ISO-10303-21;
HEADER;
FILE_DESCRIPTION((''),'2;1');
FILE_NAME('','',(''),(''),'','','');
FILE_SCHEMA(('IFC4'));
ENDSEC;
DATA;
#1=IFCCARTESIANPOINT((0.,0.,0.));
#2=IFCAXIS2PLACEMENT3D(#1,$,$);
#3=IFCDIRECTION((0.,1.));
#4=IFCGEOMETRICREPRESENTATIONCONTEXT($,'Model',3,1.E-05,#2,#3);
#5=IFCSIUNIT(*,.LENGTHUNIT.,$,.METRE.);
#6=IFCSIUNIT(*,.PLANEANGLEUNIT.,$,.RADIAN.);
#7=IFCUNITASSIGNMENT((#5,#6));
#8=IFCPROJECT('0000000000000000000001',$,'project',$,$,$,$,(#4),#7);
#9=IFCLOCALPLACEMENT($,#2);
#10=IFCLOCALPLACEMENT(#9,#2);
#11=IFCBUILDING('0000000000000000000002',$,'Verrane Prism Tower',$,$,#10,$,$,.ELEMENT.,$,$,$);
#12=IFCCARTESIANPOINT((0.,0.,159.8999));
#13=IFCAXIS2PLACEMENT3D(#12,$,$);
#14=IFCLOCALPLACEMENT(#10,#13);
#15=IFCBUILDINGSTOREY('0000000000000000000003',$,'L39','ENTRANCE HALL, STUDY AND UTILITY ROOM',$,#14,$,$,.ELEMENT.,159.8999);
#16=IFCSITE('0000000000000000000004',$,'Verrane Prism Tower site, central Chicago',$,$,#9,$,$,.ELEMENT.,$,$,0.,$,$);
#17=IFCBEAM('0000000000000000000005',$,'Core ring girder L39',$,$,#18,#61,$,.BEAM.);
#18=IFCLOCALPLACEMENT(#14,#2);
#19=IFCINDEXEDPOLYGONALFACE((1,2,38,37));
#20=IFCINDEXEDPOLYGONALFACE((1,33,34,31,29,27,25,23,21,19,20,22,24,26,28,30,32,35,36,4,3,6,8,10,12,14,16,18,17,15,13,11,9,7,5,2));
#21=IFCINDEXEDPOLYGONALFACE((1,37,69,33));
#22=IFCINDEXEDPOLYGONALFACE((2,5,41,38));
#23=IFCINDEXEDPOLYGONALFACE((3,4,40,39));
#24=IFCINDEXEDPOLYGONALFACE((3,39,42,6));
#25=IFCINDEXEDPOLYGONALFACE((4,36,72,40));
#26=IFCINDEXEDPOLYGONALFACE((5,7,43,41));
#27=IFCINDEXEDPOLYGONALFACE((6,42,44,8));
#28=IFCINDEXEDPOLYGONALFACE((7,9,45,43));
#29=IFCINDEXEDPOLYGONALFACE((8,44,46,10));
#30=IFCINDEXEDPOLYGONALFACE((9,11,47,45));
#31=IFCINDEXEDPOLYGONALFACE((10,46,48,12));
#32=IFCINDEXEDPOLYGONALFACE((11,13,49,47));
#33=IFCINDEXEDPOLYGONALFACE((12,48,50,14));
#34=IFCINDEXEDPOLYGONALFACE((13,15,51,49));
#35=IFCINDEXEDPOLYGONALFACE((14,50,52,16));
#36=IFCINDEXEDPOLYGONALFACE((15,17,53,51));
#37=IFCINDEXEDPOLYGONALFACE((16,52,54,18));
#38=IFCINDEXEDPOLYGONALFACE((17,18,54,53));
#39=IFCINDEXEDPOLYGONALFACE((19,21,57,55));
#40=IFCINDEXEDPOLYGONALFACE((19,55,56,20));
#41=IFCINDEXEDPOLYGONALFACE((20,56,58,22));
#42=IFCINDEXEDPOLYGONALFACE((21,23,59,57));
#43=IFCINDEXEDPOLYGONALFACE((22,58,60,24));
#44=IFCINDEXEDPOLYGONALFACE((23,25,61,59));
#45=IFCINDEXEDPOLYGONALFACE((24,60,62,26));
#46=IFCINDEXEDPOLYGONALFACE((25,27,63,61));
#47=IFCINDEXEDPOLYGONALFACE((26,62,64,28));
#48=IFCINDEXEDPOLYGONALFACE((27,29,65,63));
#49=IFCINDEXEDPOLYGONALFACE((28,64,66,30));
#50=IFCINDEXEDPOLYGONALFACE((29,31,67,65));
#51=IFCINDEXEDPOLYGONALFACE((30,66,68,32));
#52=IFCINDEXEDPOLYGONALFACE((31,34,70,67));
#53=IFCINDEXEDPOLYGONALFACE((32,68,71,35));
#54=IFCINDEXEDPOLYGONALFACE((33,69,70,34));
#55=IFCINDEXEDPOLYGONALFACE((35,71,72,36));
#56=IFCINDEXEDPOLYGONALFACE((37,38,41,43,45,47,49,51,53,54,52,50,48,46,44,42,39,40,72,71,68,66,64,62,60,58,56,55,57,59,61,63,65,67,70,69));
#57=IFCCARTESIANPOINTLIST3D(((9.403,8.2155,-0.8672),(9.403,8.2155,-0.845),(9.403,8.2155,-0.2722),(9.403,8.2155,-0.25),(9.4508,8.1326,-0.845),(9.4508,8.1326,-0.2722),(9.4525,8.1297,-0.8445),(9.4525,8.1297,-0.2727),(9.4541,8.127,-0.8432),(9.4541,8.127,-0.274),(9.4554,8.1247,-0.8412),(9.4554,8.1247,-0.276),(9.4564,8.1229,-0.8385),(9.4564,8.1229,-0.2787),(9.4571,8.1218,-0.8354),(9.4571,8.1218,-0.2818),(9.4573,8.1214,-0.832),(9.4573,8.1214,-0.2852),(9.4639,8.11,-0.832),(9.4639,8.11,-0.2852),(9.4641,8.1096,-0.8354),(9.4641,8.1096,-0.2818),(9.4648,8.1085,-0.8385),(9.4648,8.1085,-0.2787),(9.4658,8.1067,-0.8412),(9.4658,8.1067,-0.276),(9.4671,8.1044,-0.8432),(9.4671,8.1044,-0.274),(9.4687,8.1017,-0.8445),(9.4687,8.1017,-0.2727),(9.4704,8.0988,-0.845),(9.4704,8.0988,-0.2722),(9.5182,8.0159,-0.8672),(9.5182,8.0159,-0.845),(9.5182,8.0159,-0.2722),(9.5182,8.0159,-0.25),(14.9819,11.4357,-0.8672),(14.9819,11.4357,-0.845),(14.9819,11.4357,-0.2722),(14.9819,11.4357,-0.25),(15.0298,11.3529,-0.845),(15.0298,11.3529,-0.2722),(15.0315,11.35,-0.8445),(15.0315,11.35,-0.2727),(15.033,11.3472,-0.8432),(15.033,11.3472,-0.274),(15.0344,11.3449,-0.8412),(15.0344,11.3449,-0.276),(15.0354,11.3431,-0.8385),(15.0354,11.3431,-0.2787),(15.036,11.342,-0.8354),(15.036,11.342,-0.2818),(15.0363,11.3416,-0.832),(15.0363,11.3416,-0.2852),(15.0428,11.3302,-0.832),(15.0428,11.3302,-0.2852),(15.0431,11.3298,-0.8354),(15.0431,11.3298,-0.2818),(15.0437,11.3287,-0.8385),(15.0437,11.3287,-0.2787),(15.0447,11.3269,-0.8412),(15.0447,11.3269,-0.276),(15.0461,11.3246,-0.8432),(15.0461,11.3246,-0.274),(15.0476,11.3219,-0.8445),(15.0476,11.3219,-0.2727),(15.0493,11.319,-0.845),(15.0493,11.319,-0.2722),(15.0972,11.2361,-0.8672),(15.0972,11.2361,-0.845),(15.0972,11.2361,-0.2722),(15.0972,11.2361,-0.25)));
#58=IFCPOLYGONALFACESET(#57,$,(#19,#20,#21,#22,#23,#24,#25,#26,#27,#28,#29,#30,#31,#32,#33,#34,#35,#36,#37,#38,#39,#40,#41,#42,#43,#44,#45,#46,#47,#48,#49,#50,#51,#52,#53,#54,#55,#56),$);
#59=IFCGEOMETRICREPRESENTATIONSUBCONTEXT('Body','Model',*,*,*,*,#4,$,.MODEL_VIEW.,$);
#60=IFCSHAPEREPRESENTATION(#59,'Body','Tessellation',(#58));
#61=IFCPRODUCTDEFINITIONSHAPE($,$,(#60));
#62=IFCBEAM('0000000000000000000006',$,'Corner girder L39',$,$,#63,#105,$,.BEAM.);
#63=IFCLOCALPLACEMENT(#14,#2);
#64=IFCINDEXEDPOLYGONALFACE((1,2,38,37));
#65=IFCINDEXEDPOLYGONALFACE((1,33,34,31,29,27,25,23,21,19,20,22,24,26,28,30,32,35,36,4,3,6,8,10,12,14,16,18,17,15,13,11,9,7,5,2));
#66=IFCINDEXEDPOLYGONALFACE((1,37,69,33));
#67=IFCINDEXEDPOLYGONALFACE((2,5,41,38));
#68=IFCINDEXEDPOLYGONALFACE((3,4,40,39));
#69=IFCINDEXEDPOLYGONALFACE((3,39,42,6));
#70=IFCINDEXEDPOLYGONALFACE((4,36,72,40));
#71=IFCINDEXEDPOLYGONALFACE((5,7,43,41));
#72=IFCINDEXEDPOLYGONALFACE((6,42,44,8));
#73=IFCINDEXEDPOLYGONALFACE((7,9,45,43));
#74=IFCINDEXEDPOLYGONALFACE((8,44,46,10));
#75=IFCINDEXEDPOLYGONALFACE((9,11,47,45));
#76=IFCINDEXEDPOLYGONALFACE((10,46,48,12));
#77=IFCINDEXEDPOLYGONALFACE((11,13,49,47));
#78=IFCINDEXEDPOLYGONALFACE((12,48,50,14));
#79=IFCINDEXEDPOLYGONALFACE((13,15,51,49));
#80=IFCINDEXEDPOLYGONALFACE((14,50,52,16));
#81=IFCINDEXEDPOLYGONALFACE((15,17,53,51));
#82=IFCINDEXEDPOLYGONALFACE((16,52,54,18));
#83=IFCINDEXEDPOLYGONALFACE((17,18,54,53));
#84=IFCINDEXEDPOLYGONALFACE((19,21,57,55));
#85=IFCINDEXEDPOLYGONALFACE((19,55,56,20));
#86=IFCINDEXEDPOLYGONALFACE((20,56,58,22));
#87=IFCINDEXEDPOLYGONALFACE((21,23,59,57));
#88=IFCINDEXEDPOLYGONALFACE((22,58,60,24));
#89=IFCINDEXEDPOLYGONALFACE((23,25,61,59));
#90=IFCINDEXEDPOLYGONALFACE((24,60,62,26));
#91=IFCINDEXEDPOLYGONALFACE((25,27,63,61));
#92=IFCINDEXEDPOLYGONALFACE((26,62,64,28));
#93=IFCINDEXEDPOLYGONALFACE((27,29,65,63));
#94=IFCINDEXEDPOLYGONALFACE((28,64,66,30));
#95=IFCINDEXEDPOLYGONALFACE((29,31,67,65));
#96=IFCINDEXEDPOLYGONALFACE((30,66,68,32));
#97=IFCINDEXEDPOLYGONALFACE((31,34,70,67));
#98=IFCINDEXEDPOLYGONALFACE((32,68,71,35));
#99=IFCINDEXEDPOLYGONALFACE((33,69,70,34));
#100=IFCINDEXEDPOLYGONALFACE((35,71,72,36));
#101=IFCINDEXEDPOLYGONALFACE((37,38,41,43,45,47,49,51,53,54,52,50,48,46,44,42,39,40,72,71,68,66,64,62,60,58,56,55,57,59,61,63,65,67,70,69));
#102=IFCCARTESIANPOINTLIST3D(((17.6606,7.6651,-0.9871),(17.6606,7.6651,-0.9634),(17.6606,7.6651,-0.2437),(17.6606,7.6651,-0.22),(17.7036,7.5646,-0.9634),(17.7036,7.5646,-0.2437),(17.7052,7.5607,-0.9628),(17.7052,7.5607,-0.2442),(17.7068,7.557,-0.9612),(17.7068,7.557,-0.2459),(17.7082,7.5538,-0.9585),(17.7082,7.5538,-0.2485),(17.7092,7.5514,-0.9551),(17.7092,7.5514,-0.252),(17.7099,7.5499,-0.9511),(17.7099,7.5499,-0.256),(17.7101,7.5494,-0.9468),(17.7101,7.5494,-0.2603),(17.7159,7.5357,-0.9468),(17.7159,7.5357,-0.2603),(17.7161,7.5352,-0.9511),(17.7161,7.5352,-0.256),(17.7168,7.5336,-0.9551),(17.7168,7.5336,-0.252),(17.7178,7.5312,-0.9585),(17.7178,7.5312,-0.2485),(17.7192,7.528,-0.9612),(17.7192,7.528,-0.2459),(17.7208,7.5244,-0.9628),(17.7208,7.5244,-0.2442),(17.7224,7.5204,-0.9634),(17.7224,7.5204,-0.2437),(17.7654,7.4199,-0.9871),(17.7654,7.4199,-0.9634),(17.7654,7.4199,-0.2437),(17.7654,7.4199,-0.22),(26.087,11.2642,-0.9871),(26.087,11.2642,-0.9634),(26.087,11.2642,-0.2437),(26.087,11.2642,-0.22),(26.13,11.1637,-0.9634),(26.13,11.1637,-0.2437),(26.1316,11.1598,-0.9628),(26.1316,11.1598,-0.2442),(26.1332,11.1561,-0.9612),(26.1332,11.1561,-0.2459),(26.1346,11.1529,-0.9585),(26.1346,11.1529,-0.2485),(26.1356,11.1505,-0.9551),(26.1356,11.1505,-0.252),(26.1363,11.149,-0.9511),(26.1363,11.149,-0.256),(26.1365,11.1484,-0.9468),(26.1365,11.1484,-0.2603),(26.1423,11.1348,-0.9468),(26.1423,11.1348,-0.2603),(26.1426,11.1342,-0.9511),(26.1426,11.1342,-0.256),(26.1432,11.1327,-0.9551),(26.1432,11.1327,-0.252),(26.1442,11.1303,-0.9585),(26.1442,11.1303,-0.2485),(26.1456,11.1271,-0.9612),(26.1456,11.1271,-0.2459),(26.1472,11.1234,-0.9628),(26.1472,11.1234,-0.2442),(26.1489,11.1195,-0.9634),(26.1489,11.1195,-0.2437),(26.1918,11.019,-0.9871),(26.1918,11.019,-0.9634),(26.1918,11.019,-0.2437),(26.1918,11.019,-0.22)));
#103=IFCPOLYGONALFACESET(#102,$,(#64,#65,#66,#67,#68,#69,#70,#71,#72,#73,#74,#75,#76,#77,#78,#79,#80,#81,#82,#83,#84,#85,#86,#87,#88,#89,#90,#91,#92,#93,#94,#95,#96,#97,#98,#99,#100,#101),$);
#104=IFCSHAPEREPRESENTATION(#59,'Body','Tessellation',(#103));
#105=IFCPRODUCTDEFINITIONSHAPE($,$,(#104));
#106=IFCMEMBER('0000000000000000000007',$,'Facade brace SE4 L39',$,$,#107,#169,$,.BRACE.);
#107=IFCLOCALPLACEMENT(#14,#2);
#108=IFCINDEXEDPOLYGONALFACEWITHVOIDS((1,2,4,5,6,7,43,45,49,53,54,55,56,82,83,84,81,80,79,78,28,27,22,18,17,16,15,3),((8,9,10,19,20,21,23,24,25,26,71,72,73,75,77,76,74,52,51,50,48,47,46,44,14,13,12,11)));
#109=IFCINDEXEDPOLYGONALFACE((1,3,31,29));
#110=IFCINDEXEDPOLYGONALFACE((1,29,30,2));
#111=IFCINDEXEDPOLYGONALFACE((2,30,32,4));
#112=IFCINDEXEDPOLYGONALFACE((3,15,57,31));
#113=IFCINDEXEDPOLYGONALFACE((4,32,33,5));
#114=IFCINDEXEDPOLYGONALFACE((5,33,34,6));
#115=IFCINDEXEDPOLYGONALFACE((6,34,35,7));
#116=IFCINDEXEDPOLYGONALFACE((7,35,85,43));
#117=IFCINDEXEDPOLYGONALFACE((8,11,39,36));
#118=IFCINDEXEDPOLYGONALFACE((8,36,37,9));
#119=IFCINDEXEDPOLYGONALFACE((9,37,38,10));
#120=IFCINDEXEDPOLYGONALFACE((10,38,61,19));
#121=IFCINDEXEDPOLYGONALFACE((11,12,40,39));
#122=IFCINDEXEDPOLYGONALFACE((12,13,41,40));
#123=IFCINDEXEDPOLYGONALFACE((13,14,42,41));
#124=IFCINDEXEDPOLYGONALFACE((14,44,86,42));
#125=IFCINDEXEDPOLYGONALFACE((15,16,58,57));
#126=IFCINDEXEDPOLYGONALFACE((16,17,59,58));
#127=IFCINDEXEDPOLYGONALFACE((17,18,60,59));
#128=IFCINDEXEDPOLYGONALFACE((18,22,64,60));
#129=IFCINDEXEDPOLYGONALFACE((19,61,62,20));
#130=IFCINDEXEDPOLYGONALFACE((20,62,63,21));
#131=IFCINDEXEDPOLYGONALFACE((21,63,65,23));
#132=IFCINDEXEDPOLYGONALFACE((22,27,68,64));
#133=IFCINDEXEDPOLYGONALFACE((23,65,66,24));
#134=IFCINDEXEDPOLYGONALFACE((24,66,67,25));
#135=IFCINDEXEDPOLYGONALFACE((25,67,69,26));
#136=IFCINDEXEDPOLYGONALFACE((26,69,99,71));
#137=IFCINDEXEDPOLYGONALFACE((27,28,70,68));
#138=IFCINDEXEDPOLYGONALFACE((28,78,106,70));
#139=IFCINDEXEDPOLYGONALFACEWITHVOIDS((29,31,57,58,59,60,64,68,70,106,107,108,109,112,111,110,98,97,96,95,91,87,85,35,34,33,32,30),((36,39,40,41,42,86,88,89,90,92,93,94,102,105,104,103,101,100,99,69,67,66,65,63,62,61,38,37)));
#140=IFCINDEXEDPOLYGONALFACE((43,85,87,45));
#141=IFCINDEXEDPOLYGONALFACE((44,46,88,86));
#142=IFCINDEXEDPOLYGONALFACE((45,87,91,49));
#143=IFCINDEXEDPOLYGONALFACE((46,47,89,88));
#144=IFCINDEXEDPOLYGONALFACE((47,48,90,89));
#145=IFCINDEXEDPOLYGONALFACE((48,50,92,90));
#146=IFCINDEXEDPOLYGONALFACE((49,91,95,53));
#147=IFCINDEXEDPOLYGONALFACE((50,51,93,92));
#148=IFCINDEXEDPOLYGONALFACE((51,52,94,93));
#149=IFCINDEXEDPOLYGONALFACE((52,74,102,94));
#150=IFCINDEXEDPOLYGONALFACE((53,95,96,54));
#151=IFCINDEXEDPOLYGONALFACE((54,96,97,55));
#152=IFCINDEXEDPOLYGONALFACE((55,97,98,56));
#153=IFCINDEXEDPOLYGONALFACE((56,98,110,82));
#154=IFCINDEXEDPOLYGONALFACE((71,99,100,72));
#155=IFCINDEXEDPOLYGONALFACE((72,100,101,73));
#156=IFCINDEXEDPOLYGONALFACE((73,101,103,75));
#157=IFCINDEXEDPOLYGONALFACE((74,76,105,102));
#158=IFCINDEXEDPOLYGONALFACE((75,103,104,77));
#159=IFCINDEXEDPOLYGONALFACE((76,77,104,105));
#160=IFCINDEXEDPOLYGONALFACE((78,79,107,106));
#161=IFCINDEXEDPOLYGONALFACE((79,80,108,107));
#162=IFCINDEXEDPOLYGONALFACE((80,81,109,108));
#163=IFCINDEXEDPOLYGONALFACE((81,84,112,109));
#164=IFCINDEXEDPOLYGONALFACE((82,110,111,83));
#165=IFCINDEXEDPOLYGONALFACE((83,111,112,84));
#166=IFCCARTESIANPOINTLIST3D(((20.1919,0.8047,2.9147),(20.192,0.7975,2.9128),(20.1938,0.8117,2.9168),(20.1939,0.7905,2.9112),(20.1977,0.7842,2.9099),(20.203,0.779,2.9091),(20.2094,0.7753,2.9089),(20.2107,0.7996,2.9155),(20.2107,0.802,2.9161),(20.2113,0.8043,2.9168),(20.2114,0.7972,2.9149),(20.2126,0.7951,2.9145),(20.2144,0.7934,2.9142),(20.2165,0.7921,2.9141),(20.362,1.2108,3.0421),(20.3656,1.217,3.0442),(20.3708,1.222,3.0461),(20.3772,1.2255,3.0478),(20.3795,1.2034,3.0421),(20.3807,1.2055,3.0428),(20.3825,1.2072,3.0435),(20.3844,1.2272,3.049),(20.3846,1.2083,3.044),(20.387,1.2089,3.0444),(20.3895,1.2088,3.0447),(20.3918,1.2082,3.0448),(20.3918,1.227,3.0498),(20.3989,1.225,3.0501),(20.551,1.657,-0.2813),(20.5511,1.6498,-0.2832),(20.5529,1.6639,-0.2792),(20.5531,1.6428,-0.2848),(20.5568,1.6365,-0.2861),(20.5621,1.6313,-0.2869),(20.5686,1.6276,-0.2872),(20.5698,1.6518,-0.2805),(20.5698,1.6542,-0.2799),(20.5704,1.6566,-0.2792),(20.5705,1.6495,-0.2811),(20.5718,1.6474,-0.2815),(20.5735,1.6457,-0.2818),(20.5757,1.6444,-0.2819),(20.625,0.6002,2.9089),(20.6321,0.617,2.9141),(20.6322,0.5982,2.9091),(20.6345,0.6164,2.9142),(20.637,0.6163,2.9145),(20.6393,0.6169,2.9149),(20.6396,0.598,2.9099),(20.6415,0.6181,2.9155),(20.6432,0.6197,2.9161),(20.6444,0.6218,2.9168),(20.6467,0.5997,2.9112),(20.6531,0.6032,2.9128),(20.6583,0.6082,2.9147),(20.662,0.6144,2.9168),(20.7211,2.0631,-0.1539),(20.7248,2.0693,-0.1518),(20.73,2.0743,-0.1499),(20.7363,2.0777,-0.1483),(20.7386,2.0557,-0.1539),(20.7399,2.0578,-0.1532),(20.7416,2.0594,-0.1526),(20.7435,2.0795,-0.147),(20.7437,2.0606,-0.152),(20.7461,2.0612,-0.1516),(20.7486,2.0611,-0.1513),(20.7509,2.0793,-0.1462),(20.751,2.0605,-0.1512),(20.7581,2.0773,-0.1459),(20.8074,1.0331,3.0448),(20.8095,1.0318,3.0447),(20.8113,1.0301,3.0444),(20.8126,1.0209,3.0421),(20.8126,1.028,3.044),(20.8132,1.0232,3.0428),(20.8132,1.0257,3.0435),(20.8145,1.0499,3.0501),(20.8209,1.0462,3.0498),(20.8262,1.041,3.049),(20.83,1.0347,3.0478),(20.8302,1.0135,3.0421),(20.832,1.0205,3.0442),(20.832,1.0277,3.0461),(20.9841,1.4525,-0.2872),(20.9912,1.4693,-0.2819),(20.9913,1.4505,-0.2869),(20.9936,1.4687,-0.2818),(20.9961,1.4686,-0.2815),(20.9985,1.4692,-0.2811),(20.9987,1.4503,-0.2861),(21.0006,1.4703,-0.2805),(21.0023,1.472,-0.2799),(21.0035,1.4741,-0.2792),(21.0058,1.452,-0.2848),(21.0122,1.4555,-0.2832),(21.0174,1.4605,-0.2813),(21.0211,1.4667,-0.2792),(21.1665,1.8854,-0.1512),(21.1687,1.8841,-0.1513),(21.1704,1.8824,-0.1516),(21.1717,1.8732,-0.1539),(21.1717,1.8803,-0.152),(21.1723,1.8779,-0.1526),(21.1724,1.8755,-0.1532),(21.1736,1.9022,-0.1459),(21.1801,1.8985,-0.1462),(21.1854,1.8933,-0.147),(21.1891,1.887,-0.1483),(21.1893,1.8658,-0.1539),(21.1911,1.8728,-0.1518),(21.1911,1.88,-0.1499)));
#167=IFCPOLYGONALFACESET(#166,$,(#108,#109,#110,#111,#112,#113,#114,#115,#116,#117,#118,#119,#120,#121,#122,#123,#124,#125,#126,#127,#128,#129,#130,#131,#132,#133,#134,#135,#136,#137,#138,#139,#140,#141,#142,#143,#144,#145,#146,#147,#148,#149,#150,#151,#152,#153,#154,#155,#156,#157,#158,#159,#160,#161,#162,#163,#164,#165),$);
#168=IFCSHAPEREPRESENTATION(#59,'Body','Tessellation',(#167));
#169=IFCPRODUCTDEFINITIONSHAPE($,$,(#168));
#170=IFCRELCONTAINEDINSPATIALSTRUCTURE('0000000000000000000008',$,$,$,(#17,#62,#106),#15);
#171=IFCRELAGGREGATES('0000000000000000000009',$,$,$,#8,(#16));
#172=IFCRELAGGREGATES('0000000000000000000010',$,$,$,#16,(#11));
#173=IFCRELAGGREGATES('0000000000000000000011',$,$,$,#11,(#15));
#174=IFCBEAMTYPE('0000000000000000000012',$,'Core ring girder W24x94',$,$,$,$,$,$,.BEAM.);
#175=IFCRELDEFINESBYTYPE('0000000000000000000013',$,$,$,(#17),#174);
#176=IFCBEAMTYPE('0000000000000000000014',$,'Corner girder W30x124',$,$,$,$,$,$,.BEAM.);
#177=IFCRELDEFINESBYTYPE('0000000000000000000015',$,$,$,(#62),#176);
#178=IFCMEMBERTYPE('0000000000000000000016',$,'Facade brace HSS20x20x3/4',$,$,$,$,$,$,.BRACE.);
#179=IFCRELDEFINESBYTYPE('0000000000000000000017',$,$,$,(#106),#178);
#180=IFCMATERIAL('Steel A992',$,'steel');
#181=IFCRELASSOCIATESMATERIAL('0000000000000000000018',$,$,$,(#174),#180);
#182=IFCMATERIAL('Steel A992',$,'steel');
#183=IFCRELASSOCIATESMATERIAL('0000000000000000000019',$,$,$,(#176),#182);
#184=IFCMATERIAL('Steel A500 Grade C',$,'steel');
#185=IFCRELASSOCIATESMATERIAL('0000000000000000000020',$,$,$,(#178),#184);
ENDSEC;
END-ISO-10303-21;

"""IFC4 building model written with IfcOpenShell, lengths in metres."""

from ifc_helpers import new_model, si_unit, direction, frame, origin, origin_2d, place, context, subcontext, project, spatial, hollow_rectangle, i_section, extrude, material, material_profile, profile_set, type_object, element, save


model = new_model("IFC4")

# Units and contexts
model_context = context("Model", 3, precision=1e-05, world=origin(), true_north=direction((0.0, 1.0)))
body_context = subcontext(model_context, "Body", "Model", "MODEL_VIEW")
ifc_project = project(units=[si_unit("LENGTHUNIT", "METRE"), si_unit("PLANEANGLEUNIT", "RADIAN")], contexts=[model_context])

# Site, building, storey
site_placement = place(None, origin())
site = spatial("IfcSite", under=ifc_project, at=site_placement, Name="Verrane Prism Tower site, central Chicago", CompositionType="ELEMENT", RefElevation=0.0)
building_placement = place(site_placement, origin())
building = spatial("IfcBuilding", under=site, at=building_placement, Name="Verrane Prism Tower", CompositionType="ELEMENT")
storey_placement = place(building_placement, frame((0.0, 0.0, 159.8999)))
storey = spatial("IfcBuildingStorey", under=building, at=storey_placement, Name="L39", Description="ENTRANCE HALL, STUDY AND UTILITY ROOM", CompositionType="ELEMENT", Elevation=159.8999)

# Beams
ifc_material_1 = material(Name="Steel A992", Category="steel")
ifc_material_profile_1 = material_profile(ifc_material_1, i_section(OverallWidth=0.2305, OverallDepth=0.6172, WebThickness=0.0132, FlangeThickness=0.0222, FilletRadius=0.0129, at=origin_2d()), Name="W24x94")
ifc_profile_set_1 = profile_set([ifc_material_profile_1], Name="Steel A992")
beam_type_1 = type_object("IfcBeamType", Name="Core ring girder W24x94", PredefinedType="BEAM", material=ifc_profile_set_1)
beam_1_placement = place(storey_placement, frame((15.0396, 11.3359, -0.5586), z_axis=(-0.866075, -0.499914, 0.0), x_axis=(0.499914, -0.866075, 0.0)))
element("IfcBeam", 1, at=beam_1_placement, inside=storey, type_object=beam_type_1, Name="Core ring girder L39", PredefinedType="BEAM", context=body_context, shape_type="SweptSolid", body=[
    extrude(i_section(OverallWidth=0.2305, OverallDepth=0.6172, WebThickness=0.0132, FlangeThickness=0.0222, FilletRadius=0.0129, at=origin_2d()), origin(), (0.0, 0.0, 1.0), 6.4417),
])
ifc_material_2 = material(Name="Steel A992", Category="steel")
ifc_material_profile_2 = material_profile(ifc_material_2, i_section(OverallWidth=0.2666, OverallDepth=0.7671, WebThickness=0.0149, FlangeThickness=0.0237, FilletRadius=0.0166, at=origin_2d()), Name="W30x124")
ifc_profile_set_2 = profile_set([ifc_material_profile_2], Name="Steel A992")
beam_type_2 = type_object("IfcBeamType", Name="Corner girder W30x124", PredefinedType="BEAM", material=ifc_profile_set_2)
beam_2_placement = place(storey_placement, frame((26.1394, 11.1416, -0.6035), z_axis=(-0.919628, -0.39279, 0.0), x_axis=(0.39279, -0.919628, 0.0)))
element("IfcBeam", 2, at=beam_2_placement, inside=storey, type_object=beam_type_2, Name="Corner girder L39", PredefinedType="BEAM", context=body_context, shape_type="SweptSolid", body=[
    extrude(i_section(OverallWidth=0.2666, OverallDepth=0.7671, WebThickness=0.0149, FlangeThickness=0.0237, FilletRadius=0.0166, at=origin_2d()), origin(), (0.0, 0.0, 1.0), 9.1628),
])

# Member
ifc_material_3 = material(Name="Steel A500 Grade C", Category="steel")
ifc_material_profile_3 = material_profile(ifc_material_3, hollow_rectangle(XDim=0.5081, YDim=0.5081, WallThickness=0.019, InnerFilletRadius=0.0095, OuterFilletRadius=0.0286, at=origin_2d()), Name="HSS20x20x3/4")
ifc_profile_set_3 = profile_set([ifc_material_profile_3], Name="Steel A500 Grade C")
member_type_1 = type_object("IfcMemberType", Name="Facade brace HSS20x20x3/4", PredefinedType="BRACE", material=ifc_profile_set_3)
member_1_placement = place(storey_placement, frame((20.8711, 1.7649, -0.2166), z_axis=(-0.107939, -0.256162, 0.960589), x_axis=(0.921531, -0.388305, 0.0)))
element("IfcMember", 3, at=member_1_placement, inside=storey, type_object=member_type_1, Name="Facade brace SE4 L39", PredefinedType="BRACE", context=body_context, shape_type="SweptSolid", body=[
    extrude(hollow_rectangle(XDim=0.5081, YDim=0.5081, WallThickness=0.019, InnerFilletRadius=0.0095, OuterFilletRadius=0.0286, at=origin_2d()), origin(), (0.0, 0.0, 1.0), 3.3271),
])

save(model, "model.ifc")
